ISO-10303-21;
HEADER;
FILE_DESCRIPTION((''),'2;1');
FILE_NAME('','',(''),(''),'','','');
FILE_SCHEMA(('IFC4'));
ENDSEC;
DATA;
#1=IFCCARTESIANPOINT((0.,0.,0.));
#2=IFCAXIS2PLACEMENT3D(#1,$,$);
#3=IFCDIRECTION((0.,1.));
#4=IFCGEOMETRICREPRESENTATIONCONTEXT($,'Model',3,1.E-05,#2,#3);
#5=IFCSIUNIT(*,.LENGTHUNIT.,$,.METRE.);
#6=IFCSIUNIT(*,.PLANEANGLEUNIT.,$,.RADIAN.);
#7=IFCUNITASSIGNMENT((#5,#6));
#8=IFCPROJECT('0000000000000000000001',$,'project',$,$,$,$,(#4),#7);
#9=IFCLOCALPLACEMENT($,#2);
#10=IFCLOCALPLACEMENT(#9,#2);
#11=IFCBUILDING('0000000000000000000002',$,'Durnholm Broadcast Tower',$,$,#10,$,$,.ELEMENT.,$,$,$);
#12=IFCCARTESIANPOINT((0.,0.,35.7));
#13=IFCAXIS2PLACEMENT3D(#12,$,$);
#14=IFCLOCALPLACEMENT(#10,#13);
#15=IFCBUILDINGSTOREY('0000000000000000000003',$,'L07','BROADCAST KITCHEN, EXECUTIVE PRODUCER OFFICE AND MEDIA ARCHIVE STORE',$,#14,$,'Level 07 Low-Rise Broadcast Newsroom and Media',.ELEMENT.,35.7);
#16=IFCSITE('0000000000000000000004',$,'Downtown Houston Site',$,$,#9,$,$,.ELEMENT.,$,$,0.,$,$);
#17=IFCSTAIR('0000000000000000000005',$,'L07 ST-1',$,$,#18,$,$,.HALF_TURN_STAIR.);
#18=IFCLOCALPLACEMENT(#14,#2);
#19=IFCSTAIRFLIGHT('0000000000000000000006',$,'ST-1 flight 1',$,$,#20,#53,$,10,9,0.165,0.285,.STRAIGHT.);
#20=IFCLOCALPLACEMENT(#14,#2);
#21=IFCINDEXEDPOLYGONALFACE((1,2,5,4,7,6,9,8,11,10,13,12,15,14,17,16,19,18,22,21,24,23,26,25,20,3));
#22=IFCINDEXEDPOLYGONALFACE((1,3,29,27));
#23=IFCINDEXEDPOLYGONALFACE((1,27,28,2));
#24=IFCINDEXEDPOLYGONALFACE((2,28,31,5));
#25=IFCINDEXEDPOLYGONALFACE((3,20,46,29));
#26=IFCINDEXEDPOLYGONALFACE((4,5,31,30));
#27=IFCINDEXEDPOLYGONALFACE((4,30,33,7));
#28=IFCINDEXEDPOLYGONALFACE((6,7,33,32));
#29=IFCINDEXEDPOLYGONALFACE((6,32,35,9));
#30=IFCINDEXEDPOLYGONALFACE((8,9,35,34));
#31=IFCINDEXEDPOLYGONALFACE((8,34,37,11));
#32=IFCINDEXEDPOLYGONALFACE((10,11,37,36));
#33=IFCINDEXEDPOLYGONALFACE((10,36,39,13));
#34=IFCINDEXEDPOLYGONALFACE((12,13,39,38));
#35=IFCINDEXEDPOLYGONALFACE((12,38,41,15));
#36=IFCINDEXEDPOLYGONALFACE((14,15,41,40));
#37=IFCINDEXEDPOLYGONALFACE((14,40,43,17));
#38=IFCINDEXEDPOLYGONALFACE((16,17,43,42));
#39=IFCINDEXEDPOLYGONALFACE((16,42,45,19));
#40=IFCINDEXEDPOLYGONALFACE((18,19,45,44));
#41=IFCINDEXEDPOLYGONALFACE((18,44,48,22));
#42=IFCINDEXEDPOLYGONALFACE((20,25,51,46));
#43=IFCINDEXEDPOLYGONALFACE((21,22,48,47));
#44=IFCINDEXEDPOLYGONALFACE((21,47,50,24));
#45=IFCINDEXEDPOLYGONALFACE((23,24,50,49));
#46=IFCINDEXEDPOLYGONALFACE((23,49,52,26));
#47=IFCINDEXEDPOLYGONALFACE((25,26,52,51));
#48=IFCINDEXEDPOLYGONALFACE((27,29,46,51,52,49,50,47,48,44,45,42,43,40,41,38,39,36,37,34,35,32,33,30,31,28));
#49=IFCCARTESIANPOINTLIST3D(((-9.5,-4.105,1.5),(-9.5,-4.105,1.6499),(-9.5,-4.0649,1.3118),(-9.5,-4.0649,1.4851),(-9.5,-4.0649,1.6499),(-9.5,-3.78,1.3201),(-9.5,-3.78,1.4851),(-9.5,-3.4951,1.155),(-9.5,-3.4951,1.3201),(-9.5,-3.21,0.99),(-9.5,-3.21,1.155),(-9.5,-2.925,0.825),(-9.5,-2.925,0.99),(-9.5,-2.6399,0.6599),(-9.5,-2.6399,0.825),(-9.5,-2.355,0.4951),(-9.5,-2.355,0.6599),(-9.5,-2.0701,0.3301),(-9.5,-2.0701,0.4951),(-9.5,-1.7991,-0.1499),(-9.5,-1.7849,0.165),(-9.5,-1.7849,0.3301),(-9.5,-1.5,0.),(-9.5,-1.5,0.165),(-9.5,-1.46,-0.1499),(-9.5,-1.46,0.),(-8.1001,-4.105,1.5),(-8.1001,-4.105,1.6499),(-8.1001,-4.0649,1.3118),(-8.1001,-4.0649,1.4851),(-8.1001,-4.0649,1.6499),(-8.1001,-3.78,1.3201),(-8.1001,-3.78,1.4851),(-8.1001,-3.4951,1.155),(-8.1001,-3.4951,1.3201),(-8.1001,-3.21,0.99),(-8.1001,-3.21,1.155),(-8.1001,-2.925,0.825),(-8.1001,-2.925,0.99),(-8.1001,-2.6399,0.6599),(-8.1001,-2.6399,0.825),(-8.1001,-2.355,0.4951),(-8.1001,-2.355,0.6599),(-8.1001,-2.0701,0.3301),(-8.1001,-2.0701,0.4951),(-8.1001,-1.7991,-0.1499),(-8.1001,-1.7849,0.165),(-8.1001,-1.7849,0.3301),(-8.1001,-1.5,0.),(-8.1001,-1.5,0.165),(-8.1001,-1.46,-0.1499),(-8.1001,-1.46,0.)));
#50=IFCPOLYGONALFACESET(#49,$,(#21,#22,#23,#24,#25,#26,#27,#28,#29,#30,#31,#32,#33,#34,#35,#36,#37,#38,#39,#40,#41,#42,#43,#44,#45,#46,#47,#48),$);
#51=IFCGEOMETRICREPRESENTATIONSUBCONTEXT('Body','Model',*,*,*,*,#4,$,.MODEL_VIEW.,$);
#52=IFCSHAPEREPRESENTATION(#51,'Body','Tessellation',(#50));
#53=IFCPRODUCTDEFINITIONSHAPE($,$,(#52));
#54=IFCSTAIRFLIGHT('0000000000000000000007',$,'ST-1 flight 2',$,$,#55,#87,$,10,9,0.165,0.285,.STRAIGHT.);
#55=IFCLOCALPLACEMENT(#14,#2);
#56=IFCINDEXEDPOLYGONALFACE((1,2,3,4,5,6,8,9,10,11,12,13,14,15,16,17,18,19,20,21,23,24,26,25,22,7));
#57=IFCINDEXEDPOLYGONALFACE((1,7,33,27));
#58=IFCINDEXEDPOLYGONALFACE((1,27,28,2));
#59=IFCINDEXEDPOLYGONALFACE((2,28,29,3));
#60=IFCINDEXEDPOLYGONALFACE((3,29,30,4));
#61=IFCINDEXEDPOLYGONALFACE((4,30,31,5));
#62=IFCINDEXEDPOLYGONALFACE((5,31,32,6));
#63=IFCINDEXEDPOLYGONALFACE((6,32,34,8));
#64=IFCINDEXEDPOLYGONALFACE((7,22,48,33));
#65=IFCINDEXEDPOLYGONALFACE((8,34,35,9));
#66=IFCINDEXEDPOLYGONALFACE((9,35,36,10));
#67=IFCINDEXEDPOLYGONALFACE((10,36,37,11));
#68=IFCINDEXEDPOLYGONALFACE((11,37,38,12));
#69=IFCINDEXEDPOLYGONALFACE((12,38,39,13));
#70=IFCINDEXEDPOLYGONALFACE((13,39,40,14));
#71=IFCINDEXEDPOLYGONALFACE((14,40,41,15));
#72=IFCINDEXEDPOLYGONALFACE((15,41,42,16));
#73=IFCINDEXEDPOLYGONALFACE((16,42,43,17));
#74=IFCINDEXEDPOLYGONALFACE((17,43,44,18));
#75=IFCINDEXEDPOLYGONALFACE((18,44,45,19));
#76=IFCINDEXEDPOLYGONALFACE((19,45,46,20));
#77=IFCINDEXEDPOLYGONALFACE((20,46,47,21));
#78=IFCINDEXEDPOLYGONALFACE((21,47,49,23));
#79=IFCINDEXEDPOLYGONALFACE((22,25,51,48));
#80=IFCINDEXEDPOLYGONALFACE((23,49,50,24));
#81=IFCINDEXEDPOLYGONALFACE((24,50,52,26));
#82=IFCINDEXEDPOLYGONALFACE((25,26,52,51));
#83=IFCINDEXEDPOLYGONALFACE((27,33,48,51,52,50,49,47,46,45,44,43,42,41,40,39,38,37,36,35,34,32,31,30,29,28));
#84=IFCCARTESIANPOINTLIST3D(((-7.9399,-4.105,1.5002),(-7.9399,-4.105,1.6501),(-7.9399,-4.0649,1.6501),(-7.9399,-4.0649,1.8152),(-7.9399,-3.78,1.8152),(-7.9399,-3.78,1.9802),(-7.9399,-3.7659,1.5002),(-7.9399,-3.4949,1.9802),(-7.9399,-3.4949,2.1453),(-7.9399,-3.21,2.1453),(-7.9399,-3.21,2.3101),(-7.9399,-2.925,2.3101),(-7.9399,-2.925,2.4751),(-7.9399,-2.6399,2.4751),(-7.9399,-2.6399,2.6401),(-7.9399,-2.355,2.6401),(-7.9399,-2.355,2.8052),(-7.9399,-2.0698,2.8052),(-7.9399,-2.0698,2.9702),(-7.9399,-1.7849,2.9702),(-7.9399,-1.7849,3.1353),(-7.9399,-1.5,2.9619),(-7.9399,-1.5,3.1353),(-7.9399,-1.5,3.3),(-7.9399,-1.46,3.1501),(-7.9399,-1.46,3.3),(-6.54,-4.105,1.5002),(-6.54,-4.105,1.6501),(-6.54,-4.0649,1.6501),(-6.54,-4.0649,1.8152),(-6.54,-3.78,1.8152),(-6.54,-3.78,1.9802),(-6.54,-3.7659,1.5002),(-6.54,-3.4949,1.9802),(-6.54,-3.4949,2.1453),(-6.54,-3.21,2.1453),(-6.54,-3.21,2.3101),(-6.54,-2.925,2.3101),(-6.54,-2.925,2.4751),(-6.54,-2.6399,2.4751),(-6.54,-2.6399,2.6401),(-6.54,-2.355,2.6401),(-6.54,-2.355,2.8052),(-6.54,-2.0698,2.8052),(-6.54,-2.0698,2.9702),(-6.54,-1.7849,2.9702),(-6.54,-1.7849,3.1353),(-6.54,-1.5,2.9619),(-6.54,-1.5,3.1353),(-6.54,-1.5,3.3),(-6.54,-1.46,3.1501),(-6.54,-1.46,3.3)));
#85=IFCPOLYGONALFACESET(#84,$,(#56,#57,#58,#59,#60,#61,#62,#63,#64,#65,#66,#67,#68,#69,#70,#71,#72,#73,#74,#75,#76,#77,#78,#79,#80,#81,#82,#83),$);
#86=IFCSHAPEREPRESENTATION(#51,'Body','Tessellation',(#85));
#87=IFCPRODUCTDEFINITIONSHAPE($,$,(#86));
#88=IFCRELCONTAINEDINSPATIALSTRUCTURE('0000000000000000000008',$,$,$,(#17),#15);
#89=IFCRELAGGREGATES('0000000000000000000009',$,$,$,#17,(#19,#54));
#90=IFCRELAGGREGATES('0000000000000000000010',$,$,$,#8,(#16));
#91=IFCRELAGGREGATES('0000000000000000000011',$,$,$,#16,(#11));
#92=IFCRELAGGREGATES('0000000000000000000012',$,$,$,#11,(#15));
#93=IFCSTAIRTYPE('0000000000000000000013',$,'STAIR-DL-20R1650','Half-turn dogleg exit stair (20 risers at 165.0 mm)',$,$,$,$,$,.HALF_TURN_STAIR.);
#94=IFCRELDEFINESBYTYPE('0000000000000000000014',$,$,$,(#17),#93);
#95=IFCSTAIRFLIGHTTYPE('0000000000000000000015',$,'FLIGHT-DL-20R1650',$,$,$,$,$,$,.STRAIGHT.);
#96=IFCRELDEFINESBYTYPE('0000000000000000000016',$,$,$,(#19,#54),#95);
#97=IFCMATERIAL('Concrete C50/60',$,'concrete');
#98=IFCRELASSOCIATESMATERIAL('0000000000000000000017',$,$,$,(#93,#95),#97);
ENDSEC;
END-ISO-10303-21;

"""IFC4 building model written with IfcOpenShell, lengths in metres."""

from ifc_helpers import new_model, si_unit, direction, frame, origin, place, context, subcontext, project, spatial, polyline, outline, extrude, material, type_object, element, aggregate, save


model = new_model("IFC4")

# Units and contexts
model_context = context("Model", 3, precision=1e-05, world=origin(), true_north=direction((0.0, 1.0)))
body_context = subcontext(model_context, "Body", "Model", "MODEL_VIEW")
ifc_project = project(units=[si_unit("LENGTHUNIT", "METRE"), si_unit("PLANEANGLEUNIT", "RADIAN")], contexts=[model_context])

# Site, building, storey
site_placement = place(None, origin())
site = spatial("IfcSite", under=ifc_project, at=site_placement, Name="Downtown Houston Site", CompositionType="ELEMENT", RefElevation=0.0)
building_placement = place(site_placement, origin())
building = spatial("IfcBuilding", under=site, at=building_placement, Name="Durnholm Broadcast Tower", CompositionType="ELEMENT")
storey_placement = place(building_placement, frame((0.0, 0.0, 35.7)))
storey = spatial("IfcBuildingStorey", under=building, at=storey_placement, Name="L07", Description="BROADCAST KITCHEN, EXECUTIVE PRODUCER OFFICE AND MEDIA ARCHIVE STORE", LongName="Level 07 Low-Rise Broadcast Newsroom and Media", CompositionType="ELEMENT", Elevation=35.7)

# Shared definitions
ifc_material_1 = material(Name="Concrete C50/60", Category="concrete")

# Stair, stair flights
stair_type = type_object("IfcStairType", Name="STAIR-DL-20R1650", Description="Half-turn dogleg exit stair (20 risers at 165.0 mm)", PredefinedType="HALF_TURN_STAIR", material=ifc_material_1)
stair_placement = place(storey_placement, origin())
stair = element("IfcStair", 1, at=stair_placement, inside=storey, type_object=stair_type, Name="L07 ST-1", PredefinedType="HALF_TURN_STAIR")
stair_flight_type = type_object("IfcStairFlightType", Name="FLIGHT-DL-20R1650", PredefinedType="STRAIGHT", material=ifc_material_1)
stair_flight_1_placement = place(storey_placement, frame((-8.8, -1.5, 0.0), z_axis=(0.0, 0.0, 1.0), x_axis=(0.0, -1.0, 0.0)))
stair_flight_1 = element("IfcStairFlight", 2, at=stair_flight_1_placement, type_object=stair_flight_type, Name="ST-1 flight 1", NumberOfRisers=10, NumberOfTreads=9, PredefinedType="STRAIGHT", RiserHeight=0.165, TreadLength=0.285, context=body_context, shape_type="SweptSolid", body=[
    extrude(outline(polyline([(-0.04, -0.1499), (-0.04, 0.0), (0.0, 0.0), (0.0, 0.165), (0.2849, 0.165), (0.2849, 0.3301), (0.5701, 0.3301), (0.5701, 0.4951), (0.855, 0.4951), (0.855, 0.6599), (1.1399, 0.6599), (1.1399, 0.825), (1.425, 0.825), (1.425, 0.99), (1.71, 0.99), (1.71, 1.155), (1.9951, 1.155), (1.9951, 1.3201), (2.28, 1.3201), (2.28, 1.4851), (2.5649, 1.4851), (2.5649, 1.6499), (2.605, 1.6499), (2.605, 1.5), (2.5649, 1.3118), (0.2991, -0.1499), (-0.04, -0.1499)])), frame((0.0, 0.7, 0.0), z_axis=(0.0, -1.0, 0.0), x_axis=(1.0, 0.0, 0.0)), (0.0, 0.0, 1.0), 1.3999),
])
stair_flight_2_placement = place(storey_placement, frame((-7.24, -4.0649, 1.6501), z_axis=(0.0, 0.0, 1.0), x_axis=(0.0, 1.0, 0.0)))
stair_flight_2 = element("IfcStairFlight", 3, at=stair_flight_2_placement, type_object=stair_flight_type, Name="ST-1 flight 2", NumberOfRisers=10, NumberOfTreads=9, PredefinedType="STRAIGHT", RiserHeight=0.165, TreadLength=0.285, context=body_context, shape_type="SweptSolid", body=[
    extrude(outline(polyline([(-0.04, -0.1499), (-0.04, 0.0), (0.0, 0.0), (0.0, 0.165), (0.2849, 0.165), (0.2849, 0.3301), (0.5701, 0.3301), (0.5701, 0.4951), (0.855, 0.4951), (0.855, 0.6599), (1.1399, 0.6599), (1.1399, 0.825), (1.425, 0.825), (1.425, 0.99), (1.71, 0.99), (1.71, 1.155), (1.9951, 1.155), (1.9951, 1.3201), (2.28, 1.3201), (2.28, 1.4851), (2.5649, 1.4851), (2.5649, 1.6499), (2.605, 1.6499), (2.605, 1.5), (2.5649, 1.3118), (0.2991, -0.1499), (-0.04, -0.1499)])), frame((0.0, 0.7, 0.0), z_axis=(0.0, -1.0, 0.0), x_axis=(1.0, 0.0, 0.0)), (0.0, 0.0, 1.0), 1.3999),
])
aggregate(stair, [stair_flight_1, stair_flight_2])

save(model, "model.ifc")
